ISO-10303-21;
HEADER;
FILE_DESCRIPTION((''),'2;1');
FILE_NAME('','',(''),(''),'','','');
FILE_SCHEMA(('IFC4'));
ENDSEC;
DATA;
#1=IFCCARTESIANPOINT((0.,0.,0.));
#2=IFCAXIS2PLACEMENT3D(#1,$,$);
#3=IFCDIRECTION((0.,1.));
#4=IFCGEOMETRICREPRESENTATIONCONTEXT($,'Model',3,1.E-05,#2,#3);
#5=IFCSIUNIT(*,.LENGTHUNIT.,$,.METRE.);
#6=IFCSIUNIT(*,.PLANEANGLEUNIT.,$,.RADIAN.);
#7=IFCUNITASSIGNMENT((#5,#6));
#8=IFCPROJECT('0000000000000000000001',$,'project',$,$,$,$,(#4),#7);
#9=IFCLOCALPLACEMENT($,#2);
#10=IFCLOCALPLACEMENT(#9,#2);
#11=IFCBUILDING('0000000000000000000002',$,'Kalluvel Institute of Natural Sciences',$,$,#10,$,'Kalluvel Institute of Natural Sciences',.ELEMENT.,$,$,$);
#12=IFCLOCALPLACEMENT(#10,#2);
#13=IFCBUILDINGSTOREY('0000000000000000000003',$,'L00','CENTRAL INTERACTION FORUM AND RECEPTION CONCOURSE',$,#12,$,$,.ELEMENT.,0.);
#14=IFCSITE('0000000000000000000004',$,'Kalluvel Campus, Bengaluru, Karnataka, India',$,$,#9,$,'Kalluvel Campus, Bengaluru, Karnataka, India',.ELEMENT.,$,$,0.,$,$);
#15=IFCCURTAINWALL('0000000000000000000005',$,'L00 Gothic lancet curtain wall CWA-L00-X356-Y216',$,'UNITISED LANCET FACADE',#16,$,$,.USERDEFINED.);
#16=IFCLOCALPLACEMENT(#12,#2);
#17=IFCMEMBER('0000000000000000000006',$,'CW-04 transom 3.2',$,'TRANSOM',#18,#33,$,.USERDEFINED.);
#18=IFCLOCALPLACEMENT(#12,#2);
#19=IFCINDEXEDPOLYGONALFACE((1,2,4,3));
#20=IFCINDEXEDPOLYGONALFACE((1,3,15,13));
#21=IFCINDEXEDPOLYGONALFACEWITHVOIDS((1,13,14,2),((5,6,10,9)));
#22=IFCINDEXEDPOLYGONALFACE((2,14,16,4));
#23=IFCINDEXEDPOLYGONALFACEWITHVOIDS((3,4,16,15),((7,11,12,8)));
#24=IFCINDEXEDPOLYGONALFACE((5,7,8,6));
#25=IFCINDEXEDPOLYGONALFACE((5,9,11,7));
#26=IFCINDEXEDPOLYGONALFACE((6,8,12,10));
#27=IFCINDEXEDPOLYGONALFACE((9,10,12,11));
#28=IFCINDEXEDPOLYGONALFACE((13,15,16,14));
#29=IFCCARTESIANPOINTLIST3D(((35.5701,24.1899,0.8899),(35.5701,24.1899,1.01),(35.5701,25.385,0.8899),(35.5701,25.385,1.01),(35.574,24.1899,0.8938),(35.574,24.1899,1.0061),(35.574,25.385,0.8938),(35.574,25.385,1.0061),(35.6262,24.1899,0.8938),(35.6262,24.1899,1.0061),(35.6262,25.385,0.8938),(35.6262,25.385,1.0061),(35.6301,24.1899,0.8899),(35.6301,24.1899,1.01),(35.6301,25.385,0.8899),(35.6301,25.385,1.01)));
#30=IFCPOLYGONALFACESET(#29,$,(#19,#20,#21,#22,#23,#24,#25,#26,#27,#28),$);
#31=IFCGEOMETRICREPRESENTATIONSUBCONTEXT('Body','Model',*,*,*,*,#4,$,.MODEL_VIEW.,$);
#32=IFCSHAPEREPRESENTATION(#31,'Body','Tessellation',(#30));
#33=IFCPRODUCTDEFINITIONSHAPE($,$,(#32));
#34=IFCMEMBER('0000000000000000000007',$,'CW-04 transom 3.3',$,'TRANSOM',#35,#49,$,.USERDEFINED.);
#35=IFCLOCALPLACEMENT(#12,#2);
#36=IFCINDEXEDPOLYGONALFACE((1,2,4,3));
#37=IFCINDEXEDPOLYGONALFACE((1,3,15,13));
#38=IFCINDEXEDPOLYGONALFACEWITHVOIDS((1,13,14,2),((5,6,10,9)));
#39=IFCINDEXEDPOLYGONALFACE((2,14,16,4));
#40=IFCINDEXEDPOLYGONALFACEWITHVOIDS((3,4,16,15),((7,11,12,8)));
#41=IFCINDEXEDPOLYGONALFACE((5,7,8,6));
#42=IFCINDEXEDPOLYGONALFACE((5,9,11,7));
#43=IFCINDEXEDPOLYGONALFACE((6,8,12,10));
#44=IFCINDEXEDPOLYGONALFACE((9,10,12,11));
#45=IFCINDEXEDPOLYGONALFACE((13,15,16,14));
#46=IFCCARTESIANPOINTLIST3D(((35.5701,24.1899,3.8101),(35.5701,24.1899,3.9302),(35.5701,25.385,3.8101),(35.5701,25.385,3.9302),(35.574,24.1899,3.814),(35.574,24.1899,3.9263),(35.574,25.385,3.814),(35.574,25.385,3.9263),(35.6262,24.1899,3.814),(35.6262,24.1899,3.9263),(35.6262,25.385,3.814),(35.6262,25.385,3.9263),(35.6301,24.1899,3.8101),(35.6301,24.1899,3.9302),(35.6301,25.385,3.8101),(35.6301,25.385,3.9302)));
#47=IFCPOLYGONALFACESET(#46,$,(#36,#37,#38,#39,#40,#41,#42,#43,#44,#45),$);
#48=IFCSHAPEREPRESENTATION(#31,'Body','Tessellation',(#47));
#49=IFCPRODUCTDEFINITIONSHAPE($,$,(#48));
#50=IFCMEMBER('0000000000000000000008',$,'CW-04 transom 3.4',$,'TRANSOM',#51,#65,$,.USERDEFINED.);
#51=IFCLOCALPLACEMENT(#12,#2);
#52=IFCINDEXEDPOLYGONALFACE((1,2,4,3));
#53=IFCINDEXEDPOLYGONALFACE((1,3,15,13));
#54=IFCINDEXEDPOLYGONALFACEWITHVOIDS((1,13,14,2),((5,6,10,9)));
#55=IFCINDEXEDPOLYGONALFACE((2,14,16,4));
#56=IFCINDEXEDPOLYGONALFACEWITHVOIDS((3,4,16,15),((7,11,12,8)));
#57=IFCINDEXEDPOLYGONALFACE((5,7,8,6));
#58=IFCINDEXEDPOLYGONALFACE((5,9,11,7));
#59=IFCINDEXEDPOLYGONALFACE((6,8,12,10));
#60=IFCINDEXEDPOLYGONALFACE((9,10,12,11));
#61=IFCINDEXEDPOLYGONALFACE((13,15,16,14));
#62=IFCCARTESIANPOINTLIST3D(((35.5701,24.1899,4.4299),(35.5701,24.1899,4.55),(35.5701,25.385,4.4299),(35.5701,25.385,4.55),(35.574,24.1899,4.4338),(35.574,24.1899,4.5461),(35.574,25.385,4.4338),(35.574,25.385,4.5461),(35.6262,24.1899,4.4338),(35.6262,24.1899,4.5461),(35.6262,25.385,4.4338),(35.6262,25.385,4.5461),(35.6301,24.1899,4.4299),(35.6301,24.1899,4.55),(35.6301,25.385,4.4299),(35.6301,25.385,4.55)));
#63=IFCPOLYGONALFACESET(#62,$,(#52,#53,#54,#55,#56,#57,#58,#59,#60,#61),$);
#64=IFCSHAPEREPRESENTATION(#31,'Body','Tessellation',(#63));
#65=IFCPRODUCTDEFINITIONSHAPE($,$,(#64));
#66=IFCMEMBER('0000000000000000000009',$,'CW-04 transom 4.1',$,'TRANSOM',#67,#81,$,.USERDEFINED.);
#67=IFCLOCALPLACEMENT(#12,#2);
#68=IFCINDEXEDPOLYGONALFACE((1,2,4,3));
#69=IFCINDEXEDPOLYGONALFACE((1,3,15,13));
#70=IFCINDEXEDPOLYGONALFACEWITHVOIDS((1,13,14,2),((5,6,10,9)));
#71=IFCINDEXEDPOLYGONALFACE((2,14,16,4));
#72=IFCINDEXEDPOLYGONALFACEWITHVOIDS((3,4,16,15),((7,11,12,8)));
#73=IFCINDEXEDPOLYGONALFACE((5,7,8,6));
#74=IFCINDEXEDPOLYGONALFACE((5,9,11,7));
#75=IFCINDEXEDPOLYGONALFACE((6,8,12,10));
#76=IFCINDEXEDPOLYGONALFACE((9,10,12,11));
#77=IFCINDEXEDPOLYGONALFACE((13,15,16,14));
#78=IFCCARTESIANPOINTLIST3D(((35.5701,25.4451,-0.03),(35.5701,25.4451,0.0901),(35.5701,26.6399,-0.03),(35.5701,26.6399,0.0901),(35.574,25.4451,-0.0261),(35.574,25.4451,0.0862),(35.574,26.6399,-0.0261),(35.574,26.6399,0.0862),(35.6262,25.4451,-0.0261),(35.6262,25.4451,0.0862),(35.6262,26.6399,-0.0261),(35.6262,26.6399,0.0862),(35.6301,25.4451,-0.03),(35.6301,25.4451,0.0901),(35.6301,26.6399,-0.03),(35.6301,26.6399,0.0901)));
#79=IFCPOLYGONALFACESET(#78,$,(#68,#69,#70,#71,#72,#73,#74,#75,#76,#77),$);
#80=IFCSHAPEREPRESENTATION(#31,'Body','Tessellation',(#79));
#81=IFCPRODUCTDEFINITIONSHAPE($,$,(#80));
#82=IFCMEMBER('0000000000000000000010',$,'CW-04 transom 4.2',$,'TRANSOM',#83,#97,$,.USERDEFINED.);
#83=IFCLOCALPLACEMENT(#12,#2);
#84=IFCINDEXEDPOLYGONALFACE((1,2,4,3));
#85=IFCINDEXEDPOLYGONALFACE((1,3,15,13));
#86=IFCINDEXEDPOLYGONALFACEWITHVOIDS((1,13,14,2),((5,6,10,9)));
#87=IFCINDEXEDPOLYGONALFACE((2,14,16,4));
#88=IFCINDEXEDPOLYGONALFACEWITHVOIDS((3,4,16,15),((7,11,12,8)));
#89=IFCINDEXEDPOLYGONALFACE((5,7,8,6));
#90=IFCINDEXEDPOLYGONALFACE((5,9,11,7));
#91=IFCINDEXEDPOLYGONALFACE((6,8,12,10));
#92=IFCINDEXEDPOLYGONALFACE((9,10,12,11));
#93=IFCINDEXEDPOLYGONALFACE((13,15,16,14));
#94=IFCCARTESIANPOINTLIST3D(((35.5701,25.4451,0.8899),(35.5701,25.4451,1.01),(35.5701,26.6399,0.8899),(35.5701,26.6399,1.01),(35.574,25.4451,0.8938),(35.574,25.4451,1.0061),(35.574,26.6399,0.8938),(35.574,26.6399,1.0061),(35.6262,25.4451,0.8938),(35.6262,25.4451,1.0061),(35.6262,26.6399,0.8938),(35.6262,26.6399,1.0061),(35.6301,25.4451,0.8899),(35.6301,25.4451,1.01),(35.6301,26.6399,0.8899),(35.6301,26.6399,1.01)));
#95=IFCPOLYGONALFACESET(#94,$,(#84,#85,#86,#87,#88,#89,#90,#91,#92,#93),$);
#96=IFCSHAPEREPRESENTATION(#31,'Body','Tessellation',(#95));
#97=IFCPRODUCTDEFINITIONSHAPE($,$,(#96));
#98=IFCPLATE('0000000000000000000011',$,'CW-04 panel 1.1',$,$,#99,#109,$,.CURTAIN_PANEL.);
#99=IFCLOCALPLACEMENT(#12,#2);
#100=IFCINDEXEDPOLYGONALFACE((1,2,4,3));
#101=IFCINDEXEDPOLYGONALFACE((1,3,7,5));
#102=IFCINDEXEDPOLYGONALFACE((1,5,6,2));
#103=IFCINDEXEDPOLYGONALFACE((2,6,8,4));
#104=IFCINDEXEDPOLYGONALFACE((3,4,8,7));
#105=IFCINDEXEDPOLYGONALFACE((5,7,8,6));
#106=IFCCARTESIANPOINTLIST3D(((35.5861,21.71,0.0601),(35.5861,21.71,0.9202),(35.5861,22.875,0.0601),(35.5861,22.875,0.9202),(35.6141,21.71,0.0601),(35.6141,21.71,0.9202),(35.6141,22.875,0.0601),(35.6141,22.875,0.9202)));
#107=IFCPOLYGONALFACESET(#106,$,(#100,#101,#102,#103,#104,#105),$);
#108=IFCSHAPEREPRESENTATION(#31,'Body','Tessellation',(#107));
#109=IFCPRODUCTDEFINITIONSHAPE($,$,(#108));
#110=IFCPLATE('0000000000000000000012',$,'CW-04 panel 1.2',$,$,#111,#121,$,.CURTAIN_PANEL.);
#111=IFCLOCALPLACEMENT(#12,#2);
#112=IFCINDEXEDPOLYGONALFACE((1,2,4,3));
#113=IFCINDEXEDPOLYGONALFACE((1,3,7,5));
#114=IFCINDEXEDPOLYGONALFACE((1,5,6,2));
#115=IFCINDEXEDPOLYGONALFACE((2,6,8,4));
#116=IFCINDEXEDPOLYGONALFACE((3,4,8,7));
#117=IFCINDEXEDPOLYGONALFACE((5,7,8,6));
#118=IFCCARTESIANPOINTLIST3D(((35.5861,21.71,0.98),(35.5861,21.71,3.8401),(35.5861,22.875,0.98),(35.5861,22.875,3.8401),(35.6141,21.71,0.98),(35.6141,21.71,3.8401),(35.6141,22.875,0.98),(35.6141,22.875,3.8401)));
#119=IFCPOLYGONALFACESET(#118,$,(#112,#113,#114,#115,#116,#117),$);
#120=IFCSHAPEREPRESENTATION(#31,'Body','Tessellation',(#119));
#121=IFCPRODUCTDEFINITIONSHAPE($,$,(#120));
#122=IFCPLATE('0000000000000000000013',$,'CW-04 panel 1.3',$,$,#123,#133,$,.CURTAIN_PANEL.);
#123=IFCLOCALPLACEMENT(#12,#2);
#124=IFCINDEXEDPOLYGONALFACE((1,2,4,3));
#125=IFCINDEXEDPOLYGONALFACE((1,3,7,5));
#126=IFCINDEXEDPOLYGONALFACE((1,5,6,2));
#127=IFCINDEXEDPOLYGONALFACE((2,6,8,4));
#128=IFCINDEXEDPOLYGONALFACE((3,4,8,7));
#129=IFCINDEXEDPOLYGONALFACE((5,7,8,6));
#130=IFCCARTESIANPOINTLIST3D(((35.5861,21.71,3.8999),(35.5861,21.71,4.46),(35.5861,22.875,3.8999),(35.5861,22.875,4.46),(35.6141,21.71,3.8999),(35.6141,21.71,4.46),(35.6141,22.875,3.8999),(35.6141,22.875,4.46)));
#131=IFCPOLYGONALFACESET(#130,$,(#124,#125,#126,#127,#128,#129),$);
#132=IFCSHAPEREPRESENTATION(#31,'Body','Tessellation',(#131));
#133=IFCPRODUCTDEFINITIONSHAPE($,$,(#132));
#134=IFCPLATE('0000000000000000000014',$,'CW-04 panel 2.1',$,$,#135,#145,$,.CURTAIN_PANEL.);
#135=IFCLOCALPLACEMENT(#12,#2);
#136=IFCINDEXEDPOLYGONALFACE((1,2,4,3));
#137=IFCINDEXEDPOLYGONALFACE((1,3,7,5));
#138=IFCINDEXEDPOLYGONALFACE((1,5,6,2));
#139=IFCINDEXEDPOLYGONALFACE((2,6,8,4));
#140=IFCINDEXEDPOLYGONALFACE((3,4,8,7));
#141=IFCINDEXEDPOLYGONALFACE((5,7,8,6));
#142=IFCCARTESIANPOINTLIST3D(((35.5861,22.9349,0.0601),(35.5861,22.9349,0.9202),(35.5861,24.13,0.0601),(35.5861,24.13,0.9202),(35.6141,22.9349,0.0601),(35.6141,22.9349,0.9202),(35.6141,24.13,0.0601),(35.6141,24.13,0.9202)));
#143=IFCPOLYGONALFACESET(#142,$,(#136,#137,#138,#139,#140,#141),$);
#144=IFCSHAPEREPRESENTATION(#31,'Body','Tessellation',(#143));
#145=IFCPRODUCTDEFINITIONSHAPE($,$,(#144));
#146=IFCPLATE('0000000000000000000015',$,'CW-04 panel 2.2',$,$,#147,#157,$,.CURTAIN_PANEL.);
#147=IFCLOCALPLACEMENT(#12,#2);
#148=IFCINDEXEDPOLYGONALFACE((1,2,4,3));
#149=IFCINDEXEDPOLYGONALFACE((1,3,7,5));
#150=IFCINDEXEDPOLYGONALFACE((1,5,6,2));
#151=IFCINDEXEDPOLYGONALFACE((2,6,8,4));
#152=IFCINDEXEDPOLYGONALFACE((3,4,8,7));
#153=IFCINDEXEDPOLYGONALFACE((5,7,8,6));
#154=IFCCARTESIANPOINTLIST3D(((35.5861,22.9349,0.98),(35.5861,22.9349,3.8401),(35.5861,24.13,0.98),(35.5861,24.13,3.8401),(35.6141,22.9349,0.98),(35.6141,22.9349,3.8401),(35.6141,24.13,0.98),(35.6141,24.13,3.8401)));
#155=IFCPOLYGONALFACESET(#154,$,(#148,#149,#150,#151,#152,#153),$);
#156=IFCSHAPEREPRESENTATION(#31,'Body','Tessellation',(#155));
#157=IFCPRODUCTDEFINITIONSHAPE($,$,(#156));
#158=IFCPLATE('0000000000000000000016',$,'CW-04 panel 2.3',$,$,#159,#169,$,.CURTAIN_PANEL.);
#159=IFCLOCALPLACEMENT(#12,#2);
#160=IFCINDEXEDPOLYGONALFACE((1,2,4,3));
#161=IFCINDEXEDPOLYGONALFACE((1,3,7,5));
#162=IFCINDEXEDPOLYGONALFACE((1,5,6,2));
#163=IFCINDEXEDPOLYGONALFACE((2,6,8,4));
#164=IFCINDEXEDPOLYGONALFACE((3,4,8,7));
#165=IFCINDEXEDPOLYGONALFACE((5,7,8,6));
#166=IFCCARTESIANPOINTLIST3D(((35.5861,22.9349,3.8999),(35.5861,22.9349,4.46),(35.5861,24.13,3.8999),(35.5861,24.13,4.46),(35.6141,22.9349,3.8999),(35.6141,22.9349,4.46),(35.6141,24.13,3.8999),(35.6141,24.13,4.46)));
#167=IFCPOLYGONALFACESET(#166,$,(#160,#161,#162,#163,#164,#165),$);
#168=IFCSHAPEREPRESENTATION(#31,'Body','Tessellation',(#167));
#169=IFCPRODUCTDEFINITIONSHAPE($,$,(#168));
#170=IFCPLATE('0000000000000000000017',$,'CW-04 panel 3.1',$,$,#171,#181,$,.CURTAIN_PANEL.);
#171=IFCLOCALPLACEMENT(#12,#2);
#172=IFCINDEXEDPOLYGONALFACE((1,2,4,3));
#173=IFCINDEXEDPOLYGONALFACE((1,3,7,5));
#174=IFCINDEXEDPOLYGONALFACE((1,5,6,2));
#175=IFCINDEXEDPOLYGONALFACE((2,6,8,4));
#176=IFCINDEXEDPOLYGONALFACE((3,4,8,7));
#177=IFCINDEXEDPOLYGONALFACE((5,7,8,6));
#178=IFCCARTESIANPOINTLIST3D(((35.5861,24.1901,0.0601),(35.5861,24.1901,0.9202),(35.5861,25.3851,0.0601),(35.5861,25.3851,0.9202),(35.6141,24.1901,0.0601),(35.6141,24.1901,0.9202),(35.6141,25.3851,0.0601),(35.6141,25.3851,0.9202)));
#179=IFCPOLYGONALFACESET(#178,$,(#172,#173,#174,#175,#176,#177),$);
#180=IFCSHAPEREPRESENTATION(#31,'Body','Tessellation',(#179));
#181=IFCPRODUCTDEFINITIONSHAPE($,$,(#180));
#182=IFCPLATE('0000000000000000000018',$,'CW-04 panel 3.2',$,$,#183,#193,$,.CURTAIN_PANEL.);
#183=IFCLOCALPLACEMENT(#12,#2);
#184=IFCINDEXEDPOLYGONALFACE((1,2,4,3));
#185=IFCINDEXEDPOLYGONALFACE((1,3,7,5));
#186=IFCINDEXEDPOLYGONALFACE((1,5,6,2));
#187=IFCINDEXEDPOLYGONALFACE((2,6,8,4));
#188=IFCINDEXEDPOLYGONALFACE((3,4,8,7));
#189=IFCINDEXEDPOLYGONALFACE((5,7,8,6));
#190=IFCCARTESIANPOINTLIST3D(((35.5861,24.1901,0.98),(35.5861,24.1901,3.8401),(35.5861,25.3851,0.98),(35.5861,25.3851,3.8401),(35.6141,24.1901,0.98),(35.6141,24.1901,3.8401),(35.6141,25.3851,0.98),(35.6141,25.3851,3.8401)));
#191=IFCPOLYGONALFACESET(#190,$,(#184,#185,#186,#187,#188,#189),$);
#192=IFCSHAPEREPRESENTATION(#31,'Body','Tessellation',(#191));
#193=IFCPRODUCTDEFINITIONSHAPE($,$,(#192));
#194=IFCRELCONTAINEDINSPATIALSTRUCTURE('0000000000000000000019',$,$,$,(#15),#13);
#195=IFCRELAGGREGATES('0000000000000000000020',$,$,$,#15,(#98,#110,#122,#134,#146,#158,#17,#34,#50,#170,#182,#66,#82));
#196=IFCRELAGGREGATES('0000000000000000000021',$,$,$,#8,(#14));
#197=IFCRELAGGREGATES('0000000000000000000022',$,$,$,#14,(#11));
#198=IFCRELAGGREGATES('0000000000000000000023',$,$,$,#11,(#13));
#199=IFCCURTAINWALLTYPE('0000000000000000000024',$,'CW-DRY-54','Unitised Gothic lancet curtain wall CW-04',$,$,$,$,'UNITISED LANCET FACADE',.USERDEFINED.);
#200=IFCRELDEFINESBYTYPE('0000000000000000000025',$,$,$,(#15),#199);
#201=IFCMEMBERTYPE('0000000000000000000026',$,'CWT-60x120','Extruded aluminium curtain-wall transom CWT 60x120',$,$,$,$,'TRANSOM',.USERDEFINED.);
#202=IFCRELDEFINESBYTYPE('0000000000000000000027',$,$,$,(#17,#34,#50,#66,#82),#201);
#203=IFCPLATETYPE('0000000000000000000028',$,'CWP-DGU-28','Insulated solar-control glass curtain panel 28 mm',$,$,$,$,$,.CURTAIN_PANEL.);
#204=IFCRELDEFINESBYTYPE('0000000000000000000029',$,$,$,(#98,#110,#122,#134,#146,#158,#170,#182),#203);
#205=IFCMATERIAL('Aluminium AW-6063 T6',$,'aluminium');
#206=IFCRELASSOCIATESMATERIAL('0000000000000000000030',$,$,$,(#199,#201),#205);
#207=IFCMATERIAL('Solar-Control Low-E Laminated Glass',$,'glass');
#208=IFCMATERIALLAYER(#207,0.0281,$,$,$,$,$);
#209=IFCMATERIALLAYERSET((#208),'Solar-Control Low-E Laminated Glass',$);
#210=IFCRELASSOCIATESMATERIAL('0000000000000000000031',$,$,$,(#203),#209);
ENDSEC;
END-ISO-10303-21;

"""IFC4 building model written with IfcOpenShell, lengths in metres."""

from ifc_helpers import new_model, si_unit, direction, frame, origin, origin_2d, place, context, subcontext, project, spatial, rectangle, hollow_rectangle, extrude, material, layer, layer_set, material_profile, profile_set, type_object, element, aggregate, save


model = new_model("IFC4")

# Units and contexts
model_context = context("Model", 3, precision=1e-05, world=origin(), true_north=direction((0.0, 1.0)))
body_context = subcontext(model_context, "Body", "Model", "MODEL_VIEW")
ifc_project = project(units=[si_unit("LENGTHUNIT", "METRE"), si_unit("PLANEANGLEUNIT", "RADIAN")], contexts=[model_context])

# Site, building, storey
site_placement = place(None, origin())
site = spatial("IfcSite", under=ifc_project, at=site_placement, Name="Kalluvel Campus, Bengaluru, Karnataka, India", LongName="Kalluvel Campus, Bengaluru, Karnataka, India", CompositionType="ELEMENT", RefElevation=0.0)
building_placement = place(site_placement, origin())
building = spatial("IfcBuilding", under=site, at=building_placement, Name="Kalluvel Institute of Natural Sciences", LongName="Kalluvel Institute of Natural Sciences", CompositionType="ELEMENT")
storey_placement = place(building_placement, origin())
storey = spatial("IfcBuildingStorey", under=building, at=storey_placement, Name="L00", Description="CENTRAL INTERACTION FORUM AND RECEPTION CONCOURSE", CompositionType="ELEMENT", Elevation=0.0)

# Curtain wall, members, plates
ifc_material_1 = material(Name="Aluminium AW-6063 T6", Category="aluminium")
curtain_wall_type = type_object("IfcCurtainWallType", Name="CW-DRY-54", Description="Unitised Gothic lancet curtain wall CW-04", ElementType="UNITISED LANCET FACADE", PredefinedType="USERDEFINED", material=ifc_material_1)
curtain_wall_placement = place(storey_placement, origin())
curtain_wall = element("IfcCurtainWall", 1, at=curtain_wall_placement, inside=storey, type_object=curtain_wall_type, Name="L00 Gothic lancet curtain wall CWA-L00-X356-Y216", ObjectType="UNITISED LANCET FACADE", PredefinedType="USERDEFINED")
ifc_material_profile_1 = material_profile(ifc_material_1, hollow_rectangle(XDim=0.0601, YDim=0.1201, WallThickness=0.0039, at=origin_2d()), Name="CWT 60x120")
ifc_profile_set_1 = profile_set([ifc_material_profile_1], Name="Aluminium AW-6063 T6")
member_type_1 = type_object("IfcMemberType", Name="CWT-60x120", Description="Extruded aluminium curtain-wall transom CWT 60x120", ElementType="TRANSOM", PredefinedType="USERDEFINED", material=ifc_profile_set_1)
member_1_placement = place(storey_placement, frame((35.6001, 24.1899, 0.95), z_axis=(0.0, 1.0, 0.0), x_axis=(-1.0, 0.0, 0.0)))
member_1 = element("IfcMember", 2, at=member_1_placement, type_object=member_type_1, Name="CW-04 transom 3.2", ObjectType="TRANSOM", PredefinedType="USERDEFINED", context=body_context, shape_type="SweptSolid", body=[
    extrude(hollow_rectangle(XDim=0.0601, YDim=0.1201, WallThickness=0.0039, at=origin_2d()), origin(), (0.0, 0.0, 1.0), 1.1951),
])
member_2_placement = place(storey_placement, frame((35.6001, 24.1899, 3.8701), z_axis=(0.0, 1.0, 0.0), x_axis=(-1.0, 0.0, 0.0)))
member_2 = element("IfcMember", 3, at=member_2_placement, type_object=member_type_1, Name="CW-04 transom 3.3", ObjectType="TRANSOM", PredefinedType="USERDEFINED", context=body_context, shape_type="SweptSolid", body=[
    extrude(hollow_rectangle(XDim=0.0601, YDim=0.1201, WallThickness=0.0039, at=origin_2d()), origin(), (0.0, 0.0, 1.0), 1.1951),
])
member_3_placement = place(storey_placement, frame((35.6001, 24.1899, 4.49), z_axis=(0.0, 1.0, 0.0), x_axis=(-1.0, 0.0, 0.0)))
member_3 = element("IfcMember", 4, at=member_3_placement, type_object=member_type_1, Name="CW-04 transom 3.4", ObjectType="TRANSOM", PredefinedType="USERDEFINED", context=body_context, shape_type="SweptSolid", body=[
    extrude(hollow_rectangle(XDim=0.0601, YDim=0.1201, WallThickness=0.0039, at=origin_2d()), origin(), (0.0, 0.0, 1.0), 1.1951),
])
member_4_placement = place(storey_placement, frame((35.6001, 25.4451, 0.03), z_axis=(0.0, 1.0, 0.0), x_axis=(-1.0, 0.0, 0.0)))
member_4 = element("IfcMember", 5, at=member_4_placement, type_object=member_type_1, Name="CW-04 transom 4.1", ObjectType="TRANSOM", PredefinedType="USERDEFINED", context=body_context, shape_type="SweptSolid", body=[
    extrude(hollow_rectangle(XDim=0.0601, YDim=0.1201, WallThickness=0.0039, at=origin_2d()), origin(), (0.0, 0.0, 1.0), 1.1948),
])
member_5_placement = place(storey_placement, frame((35.6001, 25.4451, 0.95), z_axis=(0.0, 1.0, 0.0), x_axis=(-1.0, 0.0, 0.0)))
member_5 = element("IfcMember", 6, at=member_5_placement, type_object=member_type_1, Name="CW-04 transom 4.2", ObjectType="TRANSOM", PredefinedType="USERDEFINED", context=body_context, shape_type="SweptSolid", body=[
    extrude(hollow_rectangle(XDim=0.0601, YDim=0.1201, WallThickness=0.0039, at=origin_2d()), origin(), (0.0, 0.0, 1.0), 1.1948),
])
ifc_material_2 = material(Name="Solar-Control Low-E Laminated Glass", Category="glass")
ifc_layer = layer(ifc_material_2, 0.0281)
ifc_layer_set = layer_set([ifc_layer], Name="Solar-Control Low-E Laminated Glass")
plate_type = type_object("IfcPlateType", Name="CWP-DGU-28", Description="Insulated solar-control glass curtain panel 28 mm", PredefinedType="CURTAIN_PANEL", material=ifc_layer_set)
plate_1_placement = place(storey_placement, frame((35.6001, 22.2925, 0.0601), z_axis=(0.0, 0.0, 1.0), x_axis=(0.0, 1.0, 0.0)))
plate_1 = element("IfcPlate", 7, at=plate_1_placement, type_object=plate_type, Name="CW-04 panel 1.1", PredefinedType="CURTAIN_PANEL", context=body_context, shape_type="SweptSolid", body=[
    extrude(rectangle(XDim=1.165, YDim=0.0281, at=origin_2d()), origin(), (0.0, 0.0, 1.0), 0.8601),
])
plate_2_placement = place(storey_placement, frame((35.6001, 22.2925, 0.98), z_axis=(0.0, 0.0, 1.0), x_axis=(0.0, 1.0, 0.0)))
plate_2 = element("IfcPlate", 8, at=plate_2_placement, type_object=plate_type, Name="CW-04 panel 1.2", PredefinedType="CURTAIN_PANEL", context=body_context, shape_type="SweptSolid", body=[
    extrude(rectangle(XDim=1.165, YDim=0.0281, at=origin_2d()), origin(), (0.0, 0.0, 1.0), 2.8601),
])
plate_3_placement = place(storey_placement, frame((35.6001, 22.2925, 3.8999), z_axis=(0.0, 0.0, 1.0), x_axis=(0.0, 1.0, 0.0)))
plate_3 = element("IfcPlate", 9, at=plate_3_placement, type_object=plate_type, Name="CW-04 panel 1.3", PredefinedType="CURTAIN_PANEL", context=body_context, shape_type="SweptSolid", body=[
    extrude(rectangle(XDim=1.165, YDim=0.0281, at=origin_2d()), origin(), (0.0, 0.0, 1.0), 0.5601),
])
plate_4_placement = place(storey_placement, frame((35.6001, 23.5325, 0.0601), z_axis=(0.0, 0.0, 1.0), x_axis=(0.0, 1.0, 0.0)))
plate_4 = element("IfcPlate", 10, at=plate_4_placement, type_object=plate_type, Name="CW-04 panel 2.1", PredefinedType="CURTAIN_PANEL", context=body_context, shape_type="SweptSolid", body=[
    extrude(rectangle(XDim=1.1951, YDim=0.0281, at=origin_2d()), origin(), (0.0, 0.0, 1.0), 0.8601),
])
plate_5_placement = place(storey_placement, frame((35.6001, 23.5325, 0.98), z_axis=(0.0, 0.0, 1.0), x_axis=(0.0, 1.0, 0.0)))
plate_5 = element("IfcPlate", 11, at=plate_5_placement, type_object=plate_type, Name="CW-04 panel 2.2", PredefinedType="CURTAIN_PANEL", context=body_context, shape_type="SweptSolid", body=[
    extrude(rectangle(XDim=1.1951, YDim=0.0281, at=origin_2d()), origin(), (0.0, 0.0, 1.0), 2.8601),
])
plate_6_placement = place(storey_placement, frame((35.6001, 23.5325, 3.8999), z_axis=(0.0, 0.0, 1.0), x_axis=(0.0, 1.0, 0.0)))
plate_6 = element("IfcPlate", 12, at=plate_6_placement, type_object=plate_type, Name="CW-04 panel 2.3", PredefinedType="CURTAIN_PANEL", context=body_context, shape_type="SweptSolid", body=[
    extrude(rectangle(XDim=1.1951, YDim=0.0281, at=origin_2d()), origin(), (0.0, 0.0, 1.0), 0.5601),
])
plate_7_placement = place(storey_placement, frame((35.6001, 24.7876, 0.0601), z_axis=(0.0, 0.0, 1.0), x_axis=(0.0, 1.0, 0.0)))
plate_7 = element("IfcPlate", 13, at=plate_7_placement, type_object=plate_type, Name="CW-04 panel 3.1", PredefinedType="CURTAIN_PANEL", context=body_context, shape_type="SweptSolid", body=[
    extrude(rectangle(XDim=1.1951, YDim=0.0281, at=origin_2d()), origin(), (0.0, 0.0, 1.0), 0.8601),
])
plate_8_placement = place(storey_placement, frame((35.6001, 24.7876, 0.98), z_axis=(0.0, 0.0, 1.0), x_axis=(0.0, 1.0, 0.0)))
plate_8 = element("IfcPlate", 14, at=plate_8_placement, type_object=plate_type, Name="CW-04 panel 3.2", PredefinedType="CURTAIN_PANEL", context=body_context, shape_type="SweptSolid", body=[
    extrude(rectangle(XDim=1.1951, YDim=0.0281, at=origin_2d()), origin(), (0.0, 0.0, 1.0), 2.8601),
])
aggregate(curtain_wall, [plate_1, plate_2, plate_3, plate_4, plate_5, plate_6, member_1, member_2, member_3, plate_7, plate_8, member_4, member_5])

save(model, "model.ifc")
